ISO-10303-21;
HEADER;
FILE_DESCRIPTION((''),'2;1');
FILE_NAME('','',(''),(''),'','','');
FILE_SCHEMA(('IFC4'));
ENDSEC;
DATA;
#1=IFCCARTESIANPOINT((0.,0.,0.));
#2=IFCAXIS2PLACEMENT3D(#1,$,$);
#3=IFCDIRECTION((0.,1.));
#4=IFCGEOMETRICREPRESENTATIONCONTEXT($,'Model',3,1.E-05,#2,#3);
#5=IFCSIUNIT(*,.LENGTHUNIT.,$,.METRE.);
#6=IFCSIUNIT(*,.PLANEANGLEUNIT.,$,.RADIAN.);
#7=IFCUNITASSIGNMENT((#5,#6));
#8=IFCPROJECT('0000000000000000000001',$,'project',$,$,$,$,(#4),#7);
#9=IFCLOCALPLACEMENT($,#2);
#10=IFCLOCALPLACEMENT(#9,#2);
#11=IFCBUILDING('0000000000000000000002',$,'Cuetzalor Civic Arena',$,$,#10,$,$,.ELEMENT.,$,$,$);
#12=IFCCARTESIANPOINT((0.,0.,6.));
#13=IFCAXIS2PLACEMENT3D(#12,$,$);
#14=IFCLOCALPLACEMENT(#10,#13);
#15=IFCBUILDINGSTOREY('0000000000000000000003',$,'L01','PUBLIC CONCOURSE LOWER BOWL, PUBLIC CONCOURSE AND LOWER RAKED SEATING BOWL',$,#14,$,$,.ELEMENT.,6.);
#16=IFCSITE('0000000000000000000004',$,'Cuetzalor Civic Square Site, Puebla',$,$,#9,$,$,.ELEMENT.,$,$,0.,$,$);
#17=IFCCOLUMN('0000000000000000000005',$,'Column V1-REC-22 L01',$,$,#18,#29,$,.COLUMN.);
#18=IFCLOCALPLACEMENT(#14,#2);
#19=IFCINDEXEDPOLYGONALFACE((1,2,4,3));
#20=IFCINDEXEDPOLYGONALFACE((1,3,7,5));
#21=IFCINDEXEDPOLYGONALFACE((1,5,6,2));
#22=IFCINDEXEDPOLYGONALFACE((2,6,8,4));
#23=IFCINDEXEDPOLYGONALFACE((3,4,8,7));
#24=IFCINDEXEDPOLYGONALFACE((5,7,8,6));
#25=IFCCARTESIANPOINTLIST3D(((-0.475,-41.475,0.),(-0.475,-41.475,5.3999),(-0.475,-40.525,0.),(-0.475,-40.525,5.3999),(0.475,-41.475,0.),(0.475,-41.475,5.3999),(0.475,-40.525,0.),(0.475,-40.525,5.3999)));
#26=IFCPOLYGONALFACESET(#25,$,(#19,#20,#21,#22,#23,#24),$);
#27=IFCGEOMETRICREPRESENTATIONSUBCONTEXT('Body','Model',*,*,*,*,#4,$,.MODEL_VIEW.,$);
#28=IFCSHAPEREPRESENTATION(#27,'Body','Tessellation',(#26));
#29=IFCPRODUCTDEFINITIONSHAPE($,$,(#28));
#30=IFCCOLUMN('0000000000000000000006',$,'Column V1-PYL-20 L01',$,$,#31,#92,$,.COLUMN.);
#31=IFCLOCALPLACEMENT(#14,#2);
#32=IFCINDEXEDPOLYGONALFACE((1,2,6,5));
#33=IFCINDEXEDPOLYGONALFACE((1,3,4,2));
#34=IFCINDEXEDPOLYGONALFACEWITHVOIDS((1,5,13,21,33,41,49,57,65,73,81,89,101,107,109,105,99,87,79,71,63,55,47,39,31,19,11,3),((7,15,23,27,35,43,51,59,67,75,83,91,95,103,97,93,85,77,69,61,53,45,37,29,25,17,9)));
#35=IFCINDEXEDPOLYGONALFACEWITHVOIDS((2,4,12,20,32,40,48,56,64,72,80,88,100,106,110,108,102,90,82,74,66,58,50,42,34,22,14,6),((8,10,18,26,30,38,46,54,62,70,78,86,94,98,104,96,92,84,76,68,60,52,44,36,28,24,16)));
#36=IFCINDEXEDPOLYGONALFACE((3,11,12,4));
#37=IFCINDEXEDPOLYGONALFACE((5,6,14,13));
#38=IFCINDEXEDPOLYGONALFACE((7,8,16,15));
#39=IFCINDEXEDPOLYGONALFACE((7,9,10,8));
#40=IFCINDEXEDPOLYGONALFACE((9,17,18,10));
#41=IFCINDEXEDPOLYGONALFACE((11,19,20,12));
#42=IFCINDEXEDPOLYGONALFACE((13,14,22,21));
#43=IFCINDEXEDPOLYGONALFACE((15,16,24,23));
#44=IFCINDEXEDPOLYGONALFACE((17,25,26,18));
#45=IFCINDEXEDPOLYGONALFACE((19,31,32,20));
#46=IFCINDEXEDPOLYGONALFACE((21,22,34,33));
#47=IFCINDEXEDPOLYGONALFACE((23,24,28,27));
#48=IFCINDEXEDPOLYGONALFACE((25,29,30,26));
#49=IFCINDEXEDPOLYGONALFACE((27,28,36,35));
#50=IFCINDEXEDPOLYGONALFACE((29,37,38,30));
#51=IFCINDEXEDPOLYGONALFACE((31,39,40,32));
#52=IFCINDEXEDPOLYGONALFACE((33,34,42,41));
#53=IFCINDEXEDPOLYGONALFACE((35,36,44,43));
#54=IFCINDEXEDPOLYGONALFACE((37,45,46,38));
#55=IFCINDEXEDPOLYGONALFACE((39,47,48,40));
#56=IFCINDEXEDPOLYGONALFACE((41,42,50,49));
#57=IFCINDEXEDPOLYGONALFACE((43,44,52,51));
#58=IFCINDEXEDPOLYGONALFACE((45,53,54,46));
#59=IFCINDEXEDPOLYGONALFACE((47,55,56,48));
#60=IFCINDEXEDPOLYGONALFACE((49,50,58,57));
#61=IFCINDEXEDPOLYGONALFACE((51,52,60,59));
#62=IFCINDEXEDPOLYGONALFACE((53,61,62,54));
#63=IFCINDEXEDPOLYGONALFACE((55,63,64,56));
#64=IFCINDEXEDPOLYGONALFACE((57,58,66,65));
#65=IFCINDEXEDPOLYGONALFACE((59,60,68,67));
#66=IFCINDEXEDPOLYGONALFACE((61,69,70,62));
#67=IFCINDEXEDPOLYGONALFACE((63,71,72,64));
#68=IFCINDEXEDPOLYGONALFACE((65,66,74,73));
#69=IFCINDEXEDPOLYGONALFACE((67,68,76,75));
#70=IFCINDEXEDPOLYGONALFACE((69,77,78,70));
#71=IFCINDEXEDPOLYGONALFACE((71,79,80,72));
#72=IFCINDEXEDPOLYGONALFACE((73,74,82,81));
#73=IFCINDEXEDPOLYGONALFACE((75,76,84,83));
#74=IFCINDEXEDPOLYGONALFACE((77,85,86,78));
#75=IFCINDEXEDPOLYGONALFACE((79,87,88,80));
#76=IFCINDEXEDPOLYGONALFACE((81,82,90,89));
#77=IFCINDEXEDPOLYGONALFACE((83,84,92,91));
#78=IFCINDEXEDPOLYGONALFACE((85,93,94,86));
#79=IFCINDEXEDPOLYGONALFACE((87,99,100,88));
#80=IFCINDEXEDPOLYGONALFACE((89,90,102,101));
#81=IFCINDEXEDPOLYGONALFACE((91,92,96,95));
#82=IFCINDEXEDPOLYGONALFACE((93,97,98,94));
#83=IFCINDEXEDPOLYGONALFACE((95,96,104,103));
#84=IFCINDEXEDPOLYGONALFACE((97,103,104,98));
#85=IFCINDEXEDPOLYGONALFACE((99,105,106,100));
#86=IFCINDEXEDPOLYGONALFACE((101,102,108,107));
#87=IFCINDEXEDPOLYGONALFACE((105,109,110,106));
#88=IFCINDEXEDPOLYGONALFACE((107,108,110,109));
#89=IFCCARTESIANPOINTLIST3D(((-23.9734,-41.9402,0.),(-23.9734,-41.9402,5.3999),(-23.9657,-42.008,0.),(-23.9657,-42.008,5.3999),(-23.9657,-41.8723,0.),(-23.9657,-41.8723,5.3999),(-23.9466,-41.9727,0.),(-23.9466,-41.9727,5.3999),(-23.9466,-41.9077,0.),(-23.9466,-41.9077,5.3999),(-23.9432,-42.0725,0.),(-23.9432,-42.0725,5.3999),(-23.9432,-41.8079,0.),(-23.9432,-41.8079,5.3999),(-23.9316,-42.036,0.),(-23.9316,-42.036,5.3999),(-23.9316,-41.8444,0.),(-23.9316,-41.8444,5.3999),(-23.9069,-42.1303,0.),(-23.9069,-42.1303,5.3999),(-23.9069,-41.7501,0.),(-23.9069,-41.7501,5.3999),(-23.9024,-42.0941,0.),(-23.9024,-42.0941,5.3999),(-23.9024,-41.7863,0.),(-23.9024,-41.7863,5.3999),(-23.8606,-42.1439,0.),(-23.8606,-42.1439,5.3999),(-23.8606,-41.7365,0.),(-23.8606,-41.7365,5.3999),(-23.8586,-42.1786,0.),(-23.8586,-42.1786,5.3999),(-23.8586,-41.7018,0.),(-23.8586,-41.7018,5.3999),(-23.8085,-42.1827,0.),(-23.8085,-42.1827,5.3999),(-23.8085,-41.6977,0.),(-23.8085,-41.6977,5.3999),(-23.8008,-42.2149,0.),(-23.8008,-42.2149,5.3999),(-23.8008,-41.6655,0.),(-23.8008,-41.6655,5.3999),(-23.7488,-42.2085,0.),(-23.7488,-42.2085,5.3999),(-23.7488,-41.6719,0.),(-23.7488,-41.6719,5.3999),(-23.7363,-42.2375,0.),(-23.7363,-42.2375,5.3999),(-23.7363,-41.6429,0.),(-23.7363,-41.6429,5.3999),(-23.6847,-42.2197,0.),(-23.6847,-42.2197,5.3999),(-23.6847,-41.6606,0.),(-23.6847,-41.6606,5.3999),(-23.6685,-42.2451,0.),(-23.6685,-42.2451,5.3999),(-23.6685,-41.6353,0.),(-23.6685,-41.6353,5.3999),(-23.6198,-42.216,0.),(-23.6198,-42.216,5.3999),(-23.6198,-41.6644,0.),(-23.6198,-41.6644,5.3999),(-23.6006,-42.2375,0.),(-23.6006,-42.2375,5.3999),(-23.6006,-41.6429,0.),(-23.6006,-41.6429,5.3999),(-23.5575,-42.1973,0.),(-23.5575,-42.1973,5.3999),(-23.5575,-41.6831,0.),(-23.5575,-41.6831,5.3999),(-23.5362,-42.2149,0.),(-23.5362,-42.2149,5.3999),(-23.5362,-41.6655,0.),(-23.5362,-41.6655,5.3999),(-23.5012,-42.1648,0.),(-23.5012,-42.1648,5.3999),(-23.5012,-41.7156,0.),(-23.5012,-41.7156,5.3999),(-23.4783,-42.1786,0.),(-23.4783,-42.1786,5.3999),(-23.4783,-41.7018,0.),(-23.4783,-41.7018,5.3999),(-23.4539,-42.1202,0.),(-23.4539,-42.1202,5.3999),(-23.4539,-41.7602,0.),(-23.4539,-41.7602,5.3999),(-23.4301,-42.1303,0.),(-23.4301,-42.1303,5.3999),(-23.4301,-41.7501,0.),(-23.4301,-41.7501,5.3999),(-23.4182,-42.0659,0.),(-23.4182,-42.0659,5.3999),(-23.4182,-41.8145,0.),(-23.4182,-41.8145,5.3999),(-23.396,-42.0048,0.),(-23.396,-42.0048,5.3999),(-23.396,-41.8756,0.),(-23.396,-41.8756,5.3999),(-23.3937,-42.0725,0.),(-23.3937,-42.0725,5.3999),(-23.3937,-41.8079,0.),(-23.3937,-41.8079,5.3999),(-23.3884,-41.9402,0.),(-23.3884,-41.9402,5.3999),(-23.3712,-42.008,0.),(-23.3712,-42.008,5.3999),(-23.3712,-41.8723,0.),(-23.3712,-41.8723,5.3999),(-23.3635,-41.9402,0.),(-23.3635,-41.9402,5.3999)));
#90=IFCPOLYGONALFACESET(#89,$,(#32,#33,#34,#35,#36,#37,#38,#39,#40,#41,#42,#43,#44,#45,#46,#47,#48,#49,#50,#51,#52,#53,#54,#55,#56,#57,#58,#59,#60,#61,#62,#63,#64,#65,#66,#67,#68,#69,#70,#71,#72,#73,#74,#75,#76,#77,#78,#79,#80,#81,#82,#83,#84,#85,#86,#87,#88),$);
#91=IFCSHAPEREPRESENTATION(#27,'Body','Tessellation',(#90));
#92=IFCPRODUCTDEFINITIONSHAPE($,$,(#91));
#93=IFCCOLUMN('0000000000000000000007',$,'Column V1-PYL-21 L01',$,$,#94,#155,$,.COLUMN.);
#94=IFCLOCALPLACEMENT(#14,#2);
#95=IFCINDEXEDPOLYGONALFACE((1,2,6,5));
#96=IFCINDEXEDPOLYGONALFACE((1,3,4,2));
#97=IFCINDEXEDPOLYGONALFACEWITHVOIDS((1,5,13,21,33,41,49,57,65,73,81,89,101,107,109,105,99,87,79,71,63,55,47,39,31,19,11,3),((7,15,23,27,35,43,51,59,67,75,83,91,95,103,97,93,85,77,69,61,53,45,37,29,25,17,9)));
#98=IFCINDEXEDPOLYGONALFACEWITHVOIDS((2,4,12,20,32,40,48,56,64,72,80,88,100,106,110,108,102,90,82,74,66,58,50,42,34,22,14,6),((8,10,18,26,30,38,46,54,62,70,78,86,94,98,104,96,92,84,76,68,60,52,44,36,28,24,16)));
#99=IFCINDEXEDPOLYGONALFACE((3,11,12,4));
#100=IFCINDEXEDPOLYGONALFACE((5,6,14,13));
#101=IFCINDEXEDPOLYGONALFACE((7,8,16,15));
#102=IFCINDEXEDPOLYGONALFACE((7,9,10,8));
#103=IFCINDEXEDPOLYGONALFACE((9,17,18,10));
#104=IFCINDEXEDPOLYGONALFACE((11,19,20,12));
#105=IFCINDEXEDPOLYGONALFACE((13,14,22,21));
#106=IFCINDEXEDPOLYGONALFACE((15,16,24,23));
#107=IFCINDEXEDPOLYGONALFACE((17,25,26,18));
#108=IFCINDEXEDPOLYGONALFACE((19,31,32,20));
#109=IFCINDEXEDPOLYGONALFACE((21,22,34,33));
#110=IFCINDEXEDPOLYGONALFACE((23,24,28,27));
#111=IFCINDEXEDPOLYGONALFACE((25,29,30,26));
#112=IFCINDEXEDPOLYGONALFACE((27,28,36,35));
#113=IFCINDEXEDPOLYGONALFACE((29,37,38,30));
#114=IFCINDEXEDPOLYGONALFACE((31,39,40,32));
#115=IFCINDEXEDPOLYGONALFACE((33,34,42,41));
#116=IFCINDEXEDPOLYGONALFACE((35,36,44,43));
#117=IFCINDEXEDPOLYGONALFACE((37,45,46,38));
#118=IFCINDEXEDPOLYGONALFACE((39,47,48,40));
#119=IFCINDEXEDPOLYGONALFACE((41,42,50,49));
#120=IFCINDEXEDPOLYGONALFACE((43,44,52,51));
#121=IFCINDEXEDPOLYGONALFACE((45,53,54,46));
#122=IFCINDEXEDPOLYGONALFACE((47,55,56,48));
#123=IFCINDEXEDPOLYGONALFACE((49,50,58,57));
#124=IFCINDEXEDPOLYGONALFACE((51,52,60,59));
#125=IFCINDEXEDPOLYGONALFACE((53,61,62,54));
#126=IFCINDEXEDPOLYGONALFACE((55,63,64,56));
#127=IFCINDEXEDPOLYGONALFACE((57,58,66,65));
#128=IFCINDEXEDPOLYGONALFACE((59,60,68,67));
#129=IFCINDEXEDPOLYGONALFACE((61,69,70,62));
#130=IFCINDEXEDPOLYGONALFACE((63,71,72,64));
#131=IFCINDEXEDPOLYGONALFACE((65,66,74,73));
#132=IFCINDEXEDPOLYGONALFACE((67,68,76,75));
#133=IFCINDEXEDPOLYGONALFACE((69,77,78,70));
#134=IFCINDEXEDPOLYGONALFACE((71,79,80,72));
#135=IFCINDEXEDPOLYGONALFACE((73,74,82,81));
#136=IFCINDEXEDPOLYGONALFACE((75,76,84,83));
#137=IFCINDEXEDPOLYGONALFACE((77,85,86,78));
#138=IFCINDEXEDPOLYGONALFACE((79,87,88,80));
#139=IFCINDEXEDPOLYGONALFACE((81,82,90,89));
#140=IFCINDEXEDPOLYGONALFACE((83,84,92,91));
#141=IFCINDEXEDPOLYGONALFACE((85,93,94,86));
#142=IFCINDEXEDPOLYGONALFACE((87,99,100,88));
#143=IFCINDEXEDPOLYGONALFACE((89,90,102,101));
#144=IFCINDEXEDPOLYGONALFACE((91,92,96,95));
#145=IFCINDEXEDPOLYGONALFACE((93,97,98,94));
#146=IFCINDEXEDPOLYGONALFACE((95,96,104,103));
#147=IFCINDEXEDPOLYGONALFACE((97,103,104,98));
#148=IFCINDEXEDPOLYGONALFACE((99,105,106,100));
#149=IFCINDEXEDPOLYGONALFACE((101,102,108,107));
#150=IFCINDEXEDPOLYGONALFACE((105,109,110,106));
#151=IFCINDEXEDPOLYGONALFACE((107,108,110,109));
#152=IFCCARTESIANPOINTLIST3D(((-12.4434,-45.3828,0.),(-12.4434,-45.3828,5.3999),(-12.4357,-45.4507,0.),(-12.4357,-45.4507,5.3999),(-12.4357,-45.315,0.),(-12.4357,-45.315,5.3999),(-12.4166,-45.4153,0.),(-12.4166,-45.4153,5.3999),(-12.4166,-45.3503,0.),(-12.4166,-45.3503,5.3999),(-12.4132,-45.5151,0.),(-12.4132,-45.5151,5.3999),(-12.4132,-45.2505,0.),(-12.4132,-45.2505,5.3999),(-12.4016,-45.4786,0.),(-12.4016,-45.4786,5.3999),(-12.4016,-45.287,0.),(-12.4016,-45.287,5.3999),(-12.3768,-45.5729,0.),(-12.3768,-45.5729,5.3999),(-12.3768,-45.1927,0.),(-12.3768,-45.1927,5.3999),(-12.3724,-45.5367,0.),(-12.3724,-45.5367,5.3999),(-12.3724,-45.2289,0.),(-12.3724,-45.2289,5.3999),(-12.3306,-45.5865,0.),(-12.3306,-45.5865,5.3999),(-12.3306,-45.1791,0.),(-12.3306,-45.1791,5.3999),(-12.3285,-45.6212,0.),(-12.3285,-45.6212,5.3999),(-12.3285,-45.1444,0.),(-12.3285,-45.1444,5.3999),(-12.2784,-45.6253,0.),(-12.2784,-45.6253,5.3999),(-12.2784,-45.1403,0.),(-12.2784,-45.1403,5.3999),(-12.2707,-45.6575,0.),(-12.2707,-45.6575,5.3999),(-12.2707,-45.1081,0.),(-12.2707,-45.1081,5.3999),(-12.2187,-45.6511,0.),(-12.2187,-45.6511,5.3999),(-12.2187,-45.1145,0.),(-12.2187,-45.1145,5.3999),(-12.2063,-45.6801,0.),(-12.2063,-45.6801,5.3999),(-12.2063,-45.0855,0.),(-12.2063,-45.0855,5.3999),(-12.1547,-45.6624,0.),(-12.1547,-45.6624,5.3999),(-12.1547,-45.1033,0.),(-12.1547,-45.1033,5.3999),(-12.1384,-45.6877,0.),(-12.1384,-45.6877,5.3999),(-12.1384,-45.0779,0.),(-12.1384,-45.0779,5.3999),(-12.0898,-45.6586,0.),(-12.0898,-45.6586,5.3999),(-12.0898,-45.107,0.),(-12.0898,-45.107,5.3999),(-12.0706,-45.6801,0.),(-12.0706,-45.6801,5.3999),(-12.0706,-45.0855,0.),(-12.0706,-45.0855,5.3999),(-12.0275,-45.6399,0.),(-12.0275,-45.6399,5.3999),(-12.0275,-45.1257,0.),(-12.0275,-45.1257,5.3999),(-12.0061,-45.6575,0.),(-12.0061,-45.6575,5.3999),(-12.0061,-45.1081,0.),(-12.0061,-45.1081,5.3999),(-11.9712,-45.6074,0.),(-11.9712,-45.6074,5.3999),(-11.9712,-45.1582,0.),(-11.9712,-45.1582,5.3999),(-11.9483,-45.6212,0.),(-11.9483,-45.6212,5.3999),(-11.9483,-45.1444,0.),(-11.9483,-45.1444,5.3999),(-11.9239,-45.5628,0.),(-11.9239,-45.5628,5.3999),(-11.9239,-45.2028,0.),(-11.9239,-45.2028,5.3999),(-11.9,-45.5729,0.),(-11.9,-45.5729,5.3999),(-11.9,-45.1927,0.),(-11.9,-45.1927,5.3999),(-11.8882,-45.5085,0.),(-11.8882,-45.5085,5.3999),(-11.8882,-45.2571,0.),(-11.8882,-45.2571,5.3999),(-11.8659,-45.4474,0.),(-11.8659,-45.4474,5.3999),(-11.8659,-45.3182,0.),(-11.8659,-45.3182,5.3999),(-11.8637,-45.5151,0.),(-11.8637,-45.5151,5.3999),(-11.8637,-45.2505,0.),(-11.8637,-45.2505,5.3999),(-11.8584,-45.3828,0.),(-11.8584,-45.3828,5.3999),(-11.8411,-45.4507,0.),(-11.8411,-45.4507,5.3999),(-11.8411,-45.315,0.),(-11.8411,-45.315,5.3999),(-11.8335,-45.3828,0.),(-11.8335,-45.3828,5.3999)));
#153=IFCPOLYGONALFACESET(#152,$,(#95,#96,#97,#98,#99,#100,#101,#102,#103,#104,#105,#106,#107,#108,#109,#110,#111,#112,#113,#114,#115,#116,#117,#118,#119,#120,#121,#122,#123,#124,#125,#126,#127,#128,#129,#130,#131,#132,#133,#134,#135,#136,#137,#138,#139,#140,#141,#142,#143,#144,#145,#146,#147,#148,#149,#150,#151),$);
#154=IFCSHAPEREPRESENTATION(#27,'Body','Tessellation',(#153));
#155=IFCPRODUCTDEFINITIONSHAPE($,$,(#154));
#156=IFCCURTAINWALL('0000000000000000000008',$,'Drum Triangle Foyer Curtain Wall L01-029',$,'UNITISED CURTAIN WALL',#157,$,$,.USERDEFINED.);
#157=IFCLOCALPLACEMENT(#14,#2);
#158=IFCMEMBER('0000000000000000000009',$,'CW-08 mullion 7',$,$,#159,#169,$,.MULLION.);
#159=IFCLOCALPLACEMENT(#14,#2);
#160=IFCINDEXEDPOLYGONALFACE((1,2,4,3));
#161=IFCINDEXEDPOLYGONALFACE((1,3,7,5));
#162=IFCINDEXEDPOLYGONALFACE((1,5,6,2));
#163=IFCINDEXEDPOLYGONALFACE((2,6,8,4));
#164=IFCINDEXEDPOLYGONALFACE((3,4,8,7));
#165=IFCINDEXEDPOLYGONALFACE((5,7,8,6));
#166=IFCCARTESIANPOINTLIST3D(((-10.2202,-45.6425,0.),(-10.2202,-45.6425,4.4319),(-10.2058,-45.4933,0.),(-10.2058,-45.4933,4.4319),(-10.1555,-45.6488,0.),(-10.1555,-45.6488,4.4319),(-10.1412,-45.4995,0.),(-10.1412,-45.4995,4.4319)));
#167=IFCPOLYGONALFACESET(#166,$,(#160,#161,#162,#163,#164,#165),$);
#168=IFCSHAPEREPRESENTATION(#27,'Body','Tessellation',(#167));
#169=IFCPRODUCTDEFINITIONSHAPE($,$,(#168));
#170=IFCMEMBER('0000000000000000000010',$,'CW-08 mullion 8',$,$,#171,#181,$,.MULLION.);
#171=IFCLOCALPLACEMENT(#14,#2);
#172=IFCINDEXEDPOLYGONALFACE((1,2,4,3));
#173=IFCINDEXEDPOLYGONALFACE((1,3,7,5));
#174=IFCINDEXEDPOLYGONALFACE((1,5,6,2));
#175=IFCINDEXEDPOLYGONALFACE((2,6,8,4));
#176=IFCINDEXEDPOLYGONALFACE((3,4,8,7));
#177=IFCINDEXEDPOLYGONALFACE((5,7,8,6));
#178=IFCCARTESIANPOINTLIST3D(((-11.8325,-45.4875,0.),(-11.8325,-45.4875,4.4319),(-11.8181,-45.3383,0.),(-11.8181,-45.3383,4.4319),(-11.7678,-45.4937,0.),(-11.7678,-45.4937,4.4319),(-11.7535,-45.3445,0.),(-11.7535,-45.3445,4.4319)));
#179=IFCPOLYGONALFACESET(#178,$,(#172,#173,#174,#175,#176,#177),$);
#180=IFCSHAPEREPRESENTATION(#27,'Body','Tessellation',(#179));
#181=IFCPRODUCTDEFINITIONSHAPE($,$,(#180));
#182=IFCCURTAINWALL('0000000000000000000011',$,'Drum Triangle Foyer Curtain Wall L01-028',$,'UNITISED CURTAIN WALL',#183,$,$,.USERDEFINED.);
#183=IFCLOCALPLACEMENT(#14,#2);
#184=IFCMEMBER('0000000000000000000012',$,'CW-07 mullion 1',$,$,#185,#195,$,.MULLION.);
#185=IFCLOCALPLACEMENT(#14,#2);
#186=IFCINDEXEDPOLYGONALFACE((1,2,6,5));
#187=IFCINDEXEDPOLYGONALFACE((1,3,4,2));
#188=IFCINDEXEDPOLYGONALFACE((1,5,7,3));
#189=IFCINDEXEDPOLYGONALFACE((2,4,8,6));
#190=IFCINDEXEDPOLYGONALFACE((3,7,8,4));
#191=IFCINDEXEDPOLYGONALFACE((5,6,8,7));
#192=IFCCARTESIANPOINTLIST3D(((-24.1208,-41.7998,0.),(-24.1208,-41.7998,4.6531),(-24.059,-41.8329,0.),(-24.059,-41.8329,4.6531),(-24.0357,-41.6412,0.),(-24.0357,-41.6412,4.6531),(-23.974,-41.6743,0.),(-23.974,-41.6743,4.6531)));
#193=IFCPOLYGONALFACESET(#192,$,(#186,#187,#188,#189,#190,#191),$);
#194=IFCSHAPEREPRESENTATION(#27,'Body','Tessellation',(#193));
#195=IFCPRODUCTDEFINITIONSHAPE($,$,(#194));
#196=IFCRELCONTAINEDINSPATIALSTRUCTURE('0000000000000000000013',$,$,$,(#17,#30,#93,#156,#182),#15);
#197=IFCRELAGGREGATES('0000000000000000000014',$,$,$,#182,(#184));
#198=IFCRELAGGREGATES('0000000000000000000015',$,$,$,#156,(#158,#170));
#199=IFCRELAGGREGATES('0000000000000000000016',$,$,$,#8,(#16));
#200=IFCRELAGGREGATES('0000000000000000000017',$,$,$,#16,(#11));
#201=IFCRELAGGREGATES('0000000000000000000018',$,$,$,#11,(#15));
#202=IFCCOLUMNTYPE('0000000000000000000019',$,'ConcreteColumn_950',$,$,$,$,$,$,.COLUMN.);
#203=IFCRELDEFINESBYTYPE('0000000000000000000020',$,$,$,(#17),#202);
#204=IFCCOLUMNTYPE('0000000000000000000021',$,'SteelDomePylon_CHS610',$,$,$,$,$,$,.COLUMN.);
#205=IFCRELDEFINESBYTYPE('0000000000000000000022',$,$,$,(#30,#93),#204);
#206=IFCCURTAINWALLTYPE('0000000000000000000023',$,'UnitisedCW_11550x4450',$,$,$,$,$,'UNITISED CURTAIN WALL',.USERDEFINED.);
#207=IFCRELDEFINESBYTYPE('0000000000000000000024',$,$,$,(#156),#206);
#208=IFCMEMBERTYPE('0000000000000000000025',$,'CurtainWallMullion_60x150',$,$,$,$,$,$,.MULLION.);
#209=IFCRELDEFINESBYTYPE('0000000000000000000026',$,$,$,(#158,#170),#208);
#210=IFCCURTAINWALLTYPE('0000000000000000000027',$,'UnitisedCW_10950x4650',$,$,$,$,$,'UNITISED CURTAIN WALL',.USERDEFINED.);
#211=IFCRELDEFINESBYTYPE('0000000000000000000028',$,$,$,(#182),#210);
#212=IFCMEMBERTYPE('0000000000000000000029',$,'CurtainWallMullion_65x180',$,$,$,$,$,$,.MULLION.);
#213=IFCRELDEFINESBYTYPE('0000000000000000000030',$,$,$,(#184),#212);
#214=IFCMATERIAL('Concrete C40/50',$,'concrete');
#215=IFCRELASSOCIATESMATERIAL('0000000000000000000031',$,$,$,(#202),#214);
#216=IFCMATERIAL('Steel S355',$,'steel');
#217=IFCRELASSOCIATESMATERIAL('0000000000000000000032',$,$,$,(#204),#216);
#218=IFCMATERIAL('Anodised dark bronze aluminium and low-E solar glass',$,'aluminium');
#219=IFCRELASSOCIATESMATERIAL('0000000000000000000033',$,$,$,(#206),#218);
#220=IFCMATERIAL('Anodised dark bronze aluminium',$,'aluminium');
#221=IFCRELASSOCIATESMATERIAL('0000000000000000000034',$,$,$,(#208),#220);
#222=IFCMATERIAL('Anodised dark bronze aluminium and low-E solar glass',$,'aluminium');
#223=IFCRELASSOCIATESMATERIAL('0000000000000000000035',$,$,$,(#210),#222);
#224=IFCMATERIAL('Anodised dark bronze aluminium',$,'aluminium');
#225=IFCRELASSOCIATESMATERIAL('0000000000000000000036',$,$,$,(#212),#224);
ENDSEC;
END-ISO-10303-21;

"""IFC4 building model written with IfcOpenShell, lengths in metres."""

from ifc_helpers import new_model, si_unit, direction, frame, origin, origin_2d, place, context, subcontext, project, spatial, rectangle, hollow_circle, extrude, material, material_profile, profile_set, type_object, element, aggregate, save


model = new_model("IFC4")

# Units and contexts
model_context = context("Model", 3, precision=1e-05, world=origin(), true_north=direction((0.0, 1.0)))
body_context = subcontext(model_context, "Body", "Model", "MODEL_VIEW")
ifc_project = project(units=[si_unit("LENGTHUNIT", "METRE"), si_unit("PLANEANGLEUNIT", "RADIAN")], contexts=[model_context])

# Site, building, storey
site_placement = place(None, origin())
site = spatial("IfcSite", under=ifc_project, at=site_placement, Name="Cuetzalor Civic Square Site, Puebla", CompositionType="ELEMENT", RefElevation=0.0)
building_placement = place(site_placement, origin())
building = spatial("IfcBuilding", under=site, at=building_placement, Name="Cuetzalor Civic Arena", CompositionType="ELEMENT")
storey_placement = place(building_placement, frame((0.0, 0.0, 6.0)))
storey = spatial("IfcBuildingStorey", under=building, at=storey_placement, Name="L01", Description="PUBLIC CONCOURSE LOWER BOWL, PUBLIC CONCOURSE AND LOWER RAKED SEATING BOWL", CompositionType="ELEMENT", Elevation=6.0)

# Columns
ifc_material_1 = material(Name="Concrete C40/50", Category="concrete")
ifc_material_profile_1 = material_profile(ifc_material_1, rectangle(XDim=0.95, YDim=0.95, at=origin_2d()), Name="RC 950x950")
ifc_profile_set_1 = profile_set([ifc_material_profile_1], Name="Concrete C40/50")
column_type_1 = type_object("IfcColumnType", Name="ConcreteColumn_950", PredefinedType="COLUMN", material=ifc_profile_set_1)
column_placement = place(storey_placement, frame((0.0, -41.0, 0.0), z_axis=(0.0, 0.0, 1.0), x_axis=(1.0, 0.0, 0.0)))
element("IfcColumn", 1, at=column_placement, inside=storey, type_object=column_type_1, Name="Column V1-REC-22 L01", PredefinedType="COLUMN", context=body_context, shape_type="SweptSolid", body=[
    extrude(rectangle(XDim=0.95, YDim=0.95, at=origin_2d()), origin(), (0.0, 0.0, 1.0), 5.3999),
])
ifc_material_2 = material(Name="Steel S355", Category="steel")
ifc_material_profile_2 = material_profile(ifc_material_2, hollow_circle(Radius=0.3049, WallThickness=0.0249, at=origin_2d()), Name="CHS 610x25")
ifc_profile_set_2 = profile_set([ifc_material_profile_2], Name="Steel S355")
column_type_2 = type_object("IfcColumnType", Name="SteelDomePylon_CHS610", PredefinedType="COLUMN", material=ifc_profile_set_2)
for number, where, z_axis, x_axis, name in (
    (2, (-23.6685, -41.9402, 0.0), (0.0, 0.0, 1.0), (1.0, 0.0, 0.0), "Column V1-PYL-20 L01"),
    (3, (-12.1384, -45.3828, 0.0), (0.0, 0.0, 1.0), (1.0, 0.0, 0.0), "Column V1-PYL-21 L01"),
):
    element("IfcColumn", number, at=place(storey_placement, frame(where, z_axis=z_axis, x_axis=x_axis)), inside=storey, type_object=column_type_2, Name=name, PredefinedType="COLUMN", context=body_context, shape_type="SweptSolid", body=[
        extrude(hollow_circle(Radius=0.3049, WallThickness=0.0249, at=origin_2d()), origin(), (0.0, 0.0, 1.0), 5.3999),
    ])

# Curtain wall, members
ifc_material_3 = material(Name="Anodised dark bronze aluminium and low-E solar glass", Category="aluminium")
curtain_wall_type_1 = type_object("IfcCurtainWallType", Name="UnitisedCW_11550x4450", ElementType="UNITISED CURTAIN WALL", PredefinedType="USERDEFINED", material=ifc_material_3)
curtain_wall_1_placement = place(storey_placement, origin())
curtain_wall_1 = element("IfcCurtainWall", 4, at=curtain_wall_1_placement, inside=storey, type_object=curtain_wall_type_1, Name="Drum Triangle Foyer Curtain Wall L01-029", ObjectType="UNITISED CURTAIN WALL", PredefinedType="USERDEFINED")
ifc_material_4 = material(Name="Anodised dark bronze aluminium", Category="aluminium")
ifc_material_profile_3 = material_profile(ifc_material_4, rectangle(XDim=0.0649, YDim=0.1499, at=origin_2d()), Name="ALU MULLION 65x150")
ifc_profile_set_3 = profile_set([ifc_material_profile_3], Name="Anodised dark bronze aluminium")
member_type_1 = type_object("IfcMemberType", Name="CurtainWallMullion_60x150", PredefinedType="MULLION", material=ifc_profile_set_3)
member_1_placement = place(storey_placement, frame((-10.1807, -45.571, 0.0), z_axis=(0.0, 0.0, 1.0), x_axis=(-0.995409, 0.095711, 0.0)))
member_1 = element("IfcMember", 5, at=member_1_placement, type_object=member_type_1, Name="CW-08 mullion 7", PredefinedType="MULLION", context=body_context, shape_type="SweptSolid", body=[
    extrude(rectangle(XDim=0.0649, YDim=0.1499, at=origin_2d()), origin(), (0.0, 0.0, 1.0), 4.4319),
])
member_2_placement = place(storey_placement, frame((-11.793, -45.416, 0.0), z_axis=(0.0, 0.0, 1.0), x_axis=(-0.995409, 0.095711, 0.0)))
member_2 = element("IfcMember", 6, at=member_2_placement, type_object=member_type_1, Name="CW-08 mullion 8", PredefinedType="MULLION", context=body_context, shape_type="SweptSolid", body=[
    extrude(rectangle(XDim=0.0649, YDim=0.1499, at=origin_2d()), origin(), (0.0, 0.0, 1.0), 4.4319),
])

# Curtain wall, member
ifc_material_5 = material(Name="Anodised dark bronze aluminium and low-E solar glass", Category="aluminium")
curtain_wall_type_2 = type_object("IfcCurtainWallType", Name="UnitisedCW_10950x4650", ElementType="UNITISED CURTAIN WALL", PredefinedType="USERDEFINED", material=ifc_material_5)
curtain_wall_2_placement = place(storey_placement, origin())
curtain_wall_2 = element("IfcCurtainWall", 7, at=curtain_wall_2_placement, inside=storey, type_object=curtain_wall_type_2, Name="Drum Triangle Foyer Curtain Wall L01-028", ObjectType="UNITISED CURTAIN WALL", PredefinedType="USERDEFINED")
ifc_material_6 = material(Name="Anodised dark bronze aluminium", Category="aluminium")
ifc_material_profile_4 = material_profile(ifc_material_6, rectangle(XDim=0.0701, YDim=0.1799, at=origin_2d()), Name="ALU MULLION 70x180")
ifc_profile_set_4 = profile_set([ifc_material_profile_4], Name="Anodised dark bronze aluminium")
member_type_2 = type_object("IfcMemberType", Name="CurtainWallMullion_65x180", PredefinedType="MULLION", material=ifc_profile_set_4)
member_3_placement = place(storey_placement, frame((-24.0474, -41.7371, 0.0), z_axis=(0.0, 0.0, 1.0), x_axis=(-0.881306, 0.472545, 0.0)))
member_3 = element("IfcMember", 8, at=member_3_placement, type_object=member_type_2, Name="CW-07 mullion 1", PredefinedType="MULLION", context=body_context, shape_type="SweptSolid", body=[
    extrude(rectangle(XDim=0.0701, YDim=0.1799, at=origin_2d()), origin(), (0.0, 0.0, 1.0), 4.6531),
])

aggregate(curtain_wall_2, [member_3])

aggregate(curtain_wall_1, [member_1, member_2])

save(model, "model.ifc")
